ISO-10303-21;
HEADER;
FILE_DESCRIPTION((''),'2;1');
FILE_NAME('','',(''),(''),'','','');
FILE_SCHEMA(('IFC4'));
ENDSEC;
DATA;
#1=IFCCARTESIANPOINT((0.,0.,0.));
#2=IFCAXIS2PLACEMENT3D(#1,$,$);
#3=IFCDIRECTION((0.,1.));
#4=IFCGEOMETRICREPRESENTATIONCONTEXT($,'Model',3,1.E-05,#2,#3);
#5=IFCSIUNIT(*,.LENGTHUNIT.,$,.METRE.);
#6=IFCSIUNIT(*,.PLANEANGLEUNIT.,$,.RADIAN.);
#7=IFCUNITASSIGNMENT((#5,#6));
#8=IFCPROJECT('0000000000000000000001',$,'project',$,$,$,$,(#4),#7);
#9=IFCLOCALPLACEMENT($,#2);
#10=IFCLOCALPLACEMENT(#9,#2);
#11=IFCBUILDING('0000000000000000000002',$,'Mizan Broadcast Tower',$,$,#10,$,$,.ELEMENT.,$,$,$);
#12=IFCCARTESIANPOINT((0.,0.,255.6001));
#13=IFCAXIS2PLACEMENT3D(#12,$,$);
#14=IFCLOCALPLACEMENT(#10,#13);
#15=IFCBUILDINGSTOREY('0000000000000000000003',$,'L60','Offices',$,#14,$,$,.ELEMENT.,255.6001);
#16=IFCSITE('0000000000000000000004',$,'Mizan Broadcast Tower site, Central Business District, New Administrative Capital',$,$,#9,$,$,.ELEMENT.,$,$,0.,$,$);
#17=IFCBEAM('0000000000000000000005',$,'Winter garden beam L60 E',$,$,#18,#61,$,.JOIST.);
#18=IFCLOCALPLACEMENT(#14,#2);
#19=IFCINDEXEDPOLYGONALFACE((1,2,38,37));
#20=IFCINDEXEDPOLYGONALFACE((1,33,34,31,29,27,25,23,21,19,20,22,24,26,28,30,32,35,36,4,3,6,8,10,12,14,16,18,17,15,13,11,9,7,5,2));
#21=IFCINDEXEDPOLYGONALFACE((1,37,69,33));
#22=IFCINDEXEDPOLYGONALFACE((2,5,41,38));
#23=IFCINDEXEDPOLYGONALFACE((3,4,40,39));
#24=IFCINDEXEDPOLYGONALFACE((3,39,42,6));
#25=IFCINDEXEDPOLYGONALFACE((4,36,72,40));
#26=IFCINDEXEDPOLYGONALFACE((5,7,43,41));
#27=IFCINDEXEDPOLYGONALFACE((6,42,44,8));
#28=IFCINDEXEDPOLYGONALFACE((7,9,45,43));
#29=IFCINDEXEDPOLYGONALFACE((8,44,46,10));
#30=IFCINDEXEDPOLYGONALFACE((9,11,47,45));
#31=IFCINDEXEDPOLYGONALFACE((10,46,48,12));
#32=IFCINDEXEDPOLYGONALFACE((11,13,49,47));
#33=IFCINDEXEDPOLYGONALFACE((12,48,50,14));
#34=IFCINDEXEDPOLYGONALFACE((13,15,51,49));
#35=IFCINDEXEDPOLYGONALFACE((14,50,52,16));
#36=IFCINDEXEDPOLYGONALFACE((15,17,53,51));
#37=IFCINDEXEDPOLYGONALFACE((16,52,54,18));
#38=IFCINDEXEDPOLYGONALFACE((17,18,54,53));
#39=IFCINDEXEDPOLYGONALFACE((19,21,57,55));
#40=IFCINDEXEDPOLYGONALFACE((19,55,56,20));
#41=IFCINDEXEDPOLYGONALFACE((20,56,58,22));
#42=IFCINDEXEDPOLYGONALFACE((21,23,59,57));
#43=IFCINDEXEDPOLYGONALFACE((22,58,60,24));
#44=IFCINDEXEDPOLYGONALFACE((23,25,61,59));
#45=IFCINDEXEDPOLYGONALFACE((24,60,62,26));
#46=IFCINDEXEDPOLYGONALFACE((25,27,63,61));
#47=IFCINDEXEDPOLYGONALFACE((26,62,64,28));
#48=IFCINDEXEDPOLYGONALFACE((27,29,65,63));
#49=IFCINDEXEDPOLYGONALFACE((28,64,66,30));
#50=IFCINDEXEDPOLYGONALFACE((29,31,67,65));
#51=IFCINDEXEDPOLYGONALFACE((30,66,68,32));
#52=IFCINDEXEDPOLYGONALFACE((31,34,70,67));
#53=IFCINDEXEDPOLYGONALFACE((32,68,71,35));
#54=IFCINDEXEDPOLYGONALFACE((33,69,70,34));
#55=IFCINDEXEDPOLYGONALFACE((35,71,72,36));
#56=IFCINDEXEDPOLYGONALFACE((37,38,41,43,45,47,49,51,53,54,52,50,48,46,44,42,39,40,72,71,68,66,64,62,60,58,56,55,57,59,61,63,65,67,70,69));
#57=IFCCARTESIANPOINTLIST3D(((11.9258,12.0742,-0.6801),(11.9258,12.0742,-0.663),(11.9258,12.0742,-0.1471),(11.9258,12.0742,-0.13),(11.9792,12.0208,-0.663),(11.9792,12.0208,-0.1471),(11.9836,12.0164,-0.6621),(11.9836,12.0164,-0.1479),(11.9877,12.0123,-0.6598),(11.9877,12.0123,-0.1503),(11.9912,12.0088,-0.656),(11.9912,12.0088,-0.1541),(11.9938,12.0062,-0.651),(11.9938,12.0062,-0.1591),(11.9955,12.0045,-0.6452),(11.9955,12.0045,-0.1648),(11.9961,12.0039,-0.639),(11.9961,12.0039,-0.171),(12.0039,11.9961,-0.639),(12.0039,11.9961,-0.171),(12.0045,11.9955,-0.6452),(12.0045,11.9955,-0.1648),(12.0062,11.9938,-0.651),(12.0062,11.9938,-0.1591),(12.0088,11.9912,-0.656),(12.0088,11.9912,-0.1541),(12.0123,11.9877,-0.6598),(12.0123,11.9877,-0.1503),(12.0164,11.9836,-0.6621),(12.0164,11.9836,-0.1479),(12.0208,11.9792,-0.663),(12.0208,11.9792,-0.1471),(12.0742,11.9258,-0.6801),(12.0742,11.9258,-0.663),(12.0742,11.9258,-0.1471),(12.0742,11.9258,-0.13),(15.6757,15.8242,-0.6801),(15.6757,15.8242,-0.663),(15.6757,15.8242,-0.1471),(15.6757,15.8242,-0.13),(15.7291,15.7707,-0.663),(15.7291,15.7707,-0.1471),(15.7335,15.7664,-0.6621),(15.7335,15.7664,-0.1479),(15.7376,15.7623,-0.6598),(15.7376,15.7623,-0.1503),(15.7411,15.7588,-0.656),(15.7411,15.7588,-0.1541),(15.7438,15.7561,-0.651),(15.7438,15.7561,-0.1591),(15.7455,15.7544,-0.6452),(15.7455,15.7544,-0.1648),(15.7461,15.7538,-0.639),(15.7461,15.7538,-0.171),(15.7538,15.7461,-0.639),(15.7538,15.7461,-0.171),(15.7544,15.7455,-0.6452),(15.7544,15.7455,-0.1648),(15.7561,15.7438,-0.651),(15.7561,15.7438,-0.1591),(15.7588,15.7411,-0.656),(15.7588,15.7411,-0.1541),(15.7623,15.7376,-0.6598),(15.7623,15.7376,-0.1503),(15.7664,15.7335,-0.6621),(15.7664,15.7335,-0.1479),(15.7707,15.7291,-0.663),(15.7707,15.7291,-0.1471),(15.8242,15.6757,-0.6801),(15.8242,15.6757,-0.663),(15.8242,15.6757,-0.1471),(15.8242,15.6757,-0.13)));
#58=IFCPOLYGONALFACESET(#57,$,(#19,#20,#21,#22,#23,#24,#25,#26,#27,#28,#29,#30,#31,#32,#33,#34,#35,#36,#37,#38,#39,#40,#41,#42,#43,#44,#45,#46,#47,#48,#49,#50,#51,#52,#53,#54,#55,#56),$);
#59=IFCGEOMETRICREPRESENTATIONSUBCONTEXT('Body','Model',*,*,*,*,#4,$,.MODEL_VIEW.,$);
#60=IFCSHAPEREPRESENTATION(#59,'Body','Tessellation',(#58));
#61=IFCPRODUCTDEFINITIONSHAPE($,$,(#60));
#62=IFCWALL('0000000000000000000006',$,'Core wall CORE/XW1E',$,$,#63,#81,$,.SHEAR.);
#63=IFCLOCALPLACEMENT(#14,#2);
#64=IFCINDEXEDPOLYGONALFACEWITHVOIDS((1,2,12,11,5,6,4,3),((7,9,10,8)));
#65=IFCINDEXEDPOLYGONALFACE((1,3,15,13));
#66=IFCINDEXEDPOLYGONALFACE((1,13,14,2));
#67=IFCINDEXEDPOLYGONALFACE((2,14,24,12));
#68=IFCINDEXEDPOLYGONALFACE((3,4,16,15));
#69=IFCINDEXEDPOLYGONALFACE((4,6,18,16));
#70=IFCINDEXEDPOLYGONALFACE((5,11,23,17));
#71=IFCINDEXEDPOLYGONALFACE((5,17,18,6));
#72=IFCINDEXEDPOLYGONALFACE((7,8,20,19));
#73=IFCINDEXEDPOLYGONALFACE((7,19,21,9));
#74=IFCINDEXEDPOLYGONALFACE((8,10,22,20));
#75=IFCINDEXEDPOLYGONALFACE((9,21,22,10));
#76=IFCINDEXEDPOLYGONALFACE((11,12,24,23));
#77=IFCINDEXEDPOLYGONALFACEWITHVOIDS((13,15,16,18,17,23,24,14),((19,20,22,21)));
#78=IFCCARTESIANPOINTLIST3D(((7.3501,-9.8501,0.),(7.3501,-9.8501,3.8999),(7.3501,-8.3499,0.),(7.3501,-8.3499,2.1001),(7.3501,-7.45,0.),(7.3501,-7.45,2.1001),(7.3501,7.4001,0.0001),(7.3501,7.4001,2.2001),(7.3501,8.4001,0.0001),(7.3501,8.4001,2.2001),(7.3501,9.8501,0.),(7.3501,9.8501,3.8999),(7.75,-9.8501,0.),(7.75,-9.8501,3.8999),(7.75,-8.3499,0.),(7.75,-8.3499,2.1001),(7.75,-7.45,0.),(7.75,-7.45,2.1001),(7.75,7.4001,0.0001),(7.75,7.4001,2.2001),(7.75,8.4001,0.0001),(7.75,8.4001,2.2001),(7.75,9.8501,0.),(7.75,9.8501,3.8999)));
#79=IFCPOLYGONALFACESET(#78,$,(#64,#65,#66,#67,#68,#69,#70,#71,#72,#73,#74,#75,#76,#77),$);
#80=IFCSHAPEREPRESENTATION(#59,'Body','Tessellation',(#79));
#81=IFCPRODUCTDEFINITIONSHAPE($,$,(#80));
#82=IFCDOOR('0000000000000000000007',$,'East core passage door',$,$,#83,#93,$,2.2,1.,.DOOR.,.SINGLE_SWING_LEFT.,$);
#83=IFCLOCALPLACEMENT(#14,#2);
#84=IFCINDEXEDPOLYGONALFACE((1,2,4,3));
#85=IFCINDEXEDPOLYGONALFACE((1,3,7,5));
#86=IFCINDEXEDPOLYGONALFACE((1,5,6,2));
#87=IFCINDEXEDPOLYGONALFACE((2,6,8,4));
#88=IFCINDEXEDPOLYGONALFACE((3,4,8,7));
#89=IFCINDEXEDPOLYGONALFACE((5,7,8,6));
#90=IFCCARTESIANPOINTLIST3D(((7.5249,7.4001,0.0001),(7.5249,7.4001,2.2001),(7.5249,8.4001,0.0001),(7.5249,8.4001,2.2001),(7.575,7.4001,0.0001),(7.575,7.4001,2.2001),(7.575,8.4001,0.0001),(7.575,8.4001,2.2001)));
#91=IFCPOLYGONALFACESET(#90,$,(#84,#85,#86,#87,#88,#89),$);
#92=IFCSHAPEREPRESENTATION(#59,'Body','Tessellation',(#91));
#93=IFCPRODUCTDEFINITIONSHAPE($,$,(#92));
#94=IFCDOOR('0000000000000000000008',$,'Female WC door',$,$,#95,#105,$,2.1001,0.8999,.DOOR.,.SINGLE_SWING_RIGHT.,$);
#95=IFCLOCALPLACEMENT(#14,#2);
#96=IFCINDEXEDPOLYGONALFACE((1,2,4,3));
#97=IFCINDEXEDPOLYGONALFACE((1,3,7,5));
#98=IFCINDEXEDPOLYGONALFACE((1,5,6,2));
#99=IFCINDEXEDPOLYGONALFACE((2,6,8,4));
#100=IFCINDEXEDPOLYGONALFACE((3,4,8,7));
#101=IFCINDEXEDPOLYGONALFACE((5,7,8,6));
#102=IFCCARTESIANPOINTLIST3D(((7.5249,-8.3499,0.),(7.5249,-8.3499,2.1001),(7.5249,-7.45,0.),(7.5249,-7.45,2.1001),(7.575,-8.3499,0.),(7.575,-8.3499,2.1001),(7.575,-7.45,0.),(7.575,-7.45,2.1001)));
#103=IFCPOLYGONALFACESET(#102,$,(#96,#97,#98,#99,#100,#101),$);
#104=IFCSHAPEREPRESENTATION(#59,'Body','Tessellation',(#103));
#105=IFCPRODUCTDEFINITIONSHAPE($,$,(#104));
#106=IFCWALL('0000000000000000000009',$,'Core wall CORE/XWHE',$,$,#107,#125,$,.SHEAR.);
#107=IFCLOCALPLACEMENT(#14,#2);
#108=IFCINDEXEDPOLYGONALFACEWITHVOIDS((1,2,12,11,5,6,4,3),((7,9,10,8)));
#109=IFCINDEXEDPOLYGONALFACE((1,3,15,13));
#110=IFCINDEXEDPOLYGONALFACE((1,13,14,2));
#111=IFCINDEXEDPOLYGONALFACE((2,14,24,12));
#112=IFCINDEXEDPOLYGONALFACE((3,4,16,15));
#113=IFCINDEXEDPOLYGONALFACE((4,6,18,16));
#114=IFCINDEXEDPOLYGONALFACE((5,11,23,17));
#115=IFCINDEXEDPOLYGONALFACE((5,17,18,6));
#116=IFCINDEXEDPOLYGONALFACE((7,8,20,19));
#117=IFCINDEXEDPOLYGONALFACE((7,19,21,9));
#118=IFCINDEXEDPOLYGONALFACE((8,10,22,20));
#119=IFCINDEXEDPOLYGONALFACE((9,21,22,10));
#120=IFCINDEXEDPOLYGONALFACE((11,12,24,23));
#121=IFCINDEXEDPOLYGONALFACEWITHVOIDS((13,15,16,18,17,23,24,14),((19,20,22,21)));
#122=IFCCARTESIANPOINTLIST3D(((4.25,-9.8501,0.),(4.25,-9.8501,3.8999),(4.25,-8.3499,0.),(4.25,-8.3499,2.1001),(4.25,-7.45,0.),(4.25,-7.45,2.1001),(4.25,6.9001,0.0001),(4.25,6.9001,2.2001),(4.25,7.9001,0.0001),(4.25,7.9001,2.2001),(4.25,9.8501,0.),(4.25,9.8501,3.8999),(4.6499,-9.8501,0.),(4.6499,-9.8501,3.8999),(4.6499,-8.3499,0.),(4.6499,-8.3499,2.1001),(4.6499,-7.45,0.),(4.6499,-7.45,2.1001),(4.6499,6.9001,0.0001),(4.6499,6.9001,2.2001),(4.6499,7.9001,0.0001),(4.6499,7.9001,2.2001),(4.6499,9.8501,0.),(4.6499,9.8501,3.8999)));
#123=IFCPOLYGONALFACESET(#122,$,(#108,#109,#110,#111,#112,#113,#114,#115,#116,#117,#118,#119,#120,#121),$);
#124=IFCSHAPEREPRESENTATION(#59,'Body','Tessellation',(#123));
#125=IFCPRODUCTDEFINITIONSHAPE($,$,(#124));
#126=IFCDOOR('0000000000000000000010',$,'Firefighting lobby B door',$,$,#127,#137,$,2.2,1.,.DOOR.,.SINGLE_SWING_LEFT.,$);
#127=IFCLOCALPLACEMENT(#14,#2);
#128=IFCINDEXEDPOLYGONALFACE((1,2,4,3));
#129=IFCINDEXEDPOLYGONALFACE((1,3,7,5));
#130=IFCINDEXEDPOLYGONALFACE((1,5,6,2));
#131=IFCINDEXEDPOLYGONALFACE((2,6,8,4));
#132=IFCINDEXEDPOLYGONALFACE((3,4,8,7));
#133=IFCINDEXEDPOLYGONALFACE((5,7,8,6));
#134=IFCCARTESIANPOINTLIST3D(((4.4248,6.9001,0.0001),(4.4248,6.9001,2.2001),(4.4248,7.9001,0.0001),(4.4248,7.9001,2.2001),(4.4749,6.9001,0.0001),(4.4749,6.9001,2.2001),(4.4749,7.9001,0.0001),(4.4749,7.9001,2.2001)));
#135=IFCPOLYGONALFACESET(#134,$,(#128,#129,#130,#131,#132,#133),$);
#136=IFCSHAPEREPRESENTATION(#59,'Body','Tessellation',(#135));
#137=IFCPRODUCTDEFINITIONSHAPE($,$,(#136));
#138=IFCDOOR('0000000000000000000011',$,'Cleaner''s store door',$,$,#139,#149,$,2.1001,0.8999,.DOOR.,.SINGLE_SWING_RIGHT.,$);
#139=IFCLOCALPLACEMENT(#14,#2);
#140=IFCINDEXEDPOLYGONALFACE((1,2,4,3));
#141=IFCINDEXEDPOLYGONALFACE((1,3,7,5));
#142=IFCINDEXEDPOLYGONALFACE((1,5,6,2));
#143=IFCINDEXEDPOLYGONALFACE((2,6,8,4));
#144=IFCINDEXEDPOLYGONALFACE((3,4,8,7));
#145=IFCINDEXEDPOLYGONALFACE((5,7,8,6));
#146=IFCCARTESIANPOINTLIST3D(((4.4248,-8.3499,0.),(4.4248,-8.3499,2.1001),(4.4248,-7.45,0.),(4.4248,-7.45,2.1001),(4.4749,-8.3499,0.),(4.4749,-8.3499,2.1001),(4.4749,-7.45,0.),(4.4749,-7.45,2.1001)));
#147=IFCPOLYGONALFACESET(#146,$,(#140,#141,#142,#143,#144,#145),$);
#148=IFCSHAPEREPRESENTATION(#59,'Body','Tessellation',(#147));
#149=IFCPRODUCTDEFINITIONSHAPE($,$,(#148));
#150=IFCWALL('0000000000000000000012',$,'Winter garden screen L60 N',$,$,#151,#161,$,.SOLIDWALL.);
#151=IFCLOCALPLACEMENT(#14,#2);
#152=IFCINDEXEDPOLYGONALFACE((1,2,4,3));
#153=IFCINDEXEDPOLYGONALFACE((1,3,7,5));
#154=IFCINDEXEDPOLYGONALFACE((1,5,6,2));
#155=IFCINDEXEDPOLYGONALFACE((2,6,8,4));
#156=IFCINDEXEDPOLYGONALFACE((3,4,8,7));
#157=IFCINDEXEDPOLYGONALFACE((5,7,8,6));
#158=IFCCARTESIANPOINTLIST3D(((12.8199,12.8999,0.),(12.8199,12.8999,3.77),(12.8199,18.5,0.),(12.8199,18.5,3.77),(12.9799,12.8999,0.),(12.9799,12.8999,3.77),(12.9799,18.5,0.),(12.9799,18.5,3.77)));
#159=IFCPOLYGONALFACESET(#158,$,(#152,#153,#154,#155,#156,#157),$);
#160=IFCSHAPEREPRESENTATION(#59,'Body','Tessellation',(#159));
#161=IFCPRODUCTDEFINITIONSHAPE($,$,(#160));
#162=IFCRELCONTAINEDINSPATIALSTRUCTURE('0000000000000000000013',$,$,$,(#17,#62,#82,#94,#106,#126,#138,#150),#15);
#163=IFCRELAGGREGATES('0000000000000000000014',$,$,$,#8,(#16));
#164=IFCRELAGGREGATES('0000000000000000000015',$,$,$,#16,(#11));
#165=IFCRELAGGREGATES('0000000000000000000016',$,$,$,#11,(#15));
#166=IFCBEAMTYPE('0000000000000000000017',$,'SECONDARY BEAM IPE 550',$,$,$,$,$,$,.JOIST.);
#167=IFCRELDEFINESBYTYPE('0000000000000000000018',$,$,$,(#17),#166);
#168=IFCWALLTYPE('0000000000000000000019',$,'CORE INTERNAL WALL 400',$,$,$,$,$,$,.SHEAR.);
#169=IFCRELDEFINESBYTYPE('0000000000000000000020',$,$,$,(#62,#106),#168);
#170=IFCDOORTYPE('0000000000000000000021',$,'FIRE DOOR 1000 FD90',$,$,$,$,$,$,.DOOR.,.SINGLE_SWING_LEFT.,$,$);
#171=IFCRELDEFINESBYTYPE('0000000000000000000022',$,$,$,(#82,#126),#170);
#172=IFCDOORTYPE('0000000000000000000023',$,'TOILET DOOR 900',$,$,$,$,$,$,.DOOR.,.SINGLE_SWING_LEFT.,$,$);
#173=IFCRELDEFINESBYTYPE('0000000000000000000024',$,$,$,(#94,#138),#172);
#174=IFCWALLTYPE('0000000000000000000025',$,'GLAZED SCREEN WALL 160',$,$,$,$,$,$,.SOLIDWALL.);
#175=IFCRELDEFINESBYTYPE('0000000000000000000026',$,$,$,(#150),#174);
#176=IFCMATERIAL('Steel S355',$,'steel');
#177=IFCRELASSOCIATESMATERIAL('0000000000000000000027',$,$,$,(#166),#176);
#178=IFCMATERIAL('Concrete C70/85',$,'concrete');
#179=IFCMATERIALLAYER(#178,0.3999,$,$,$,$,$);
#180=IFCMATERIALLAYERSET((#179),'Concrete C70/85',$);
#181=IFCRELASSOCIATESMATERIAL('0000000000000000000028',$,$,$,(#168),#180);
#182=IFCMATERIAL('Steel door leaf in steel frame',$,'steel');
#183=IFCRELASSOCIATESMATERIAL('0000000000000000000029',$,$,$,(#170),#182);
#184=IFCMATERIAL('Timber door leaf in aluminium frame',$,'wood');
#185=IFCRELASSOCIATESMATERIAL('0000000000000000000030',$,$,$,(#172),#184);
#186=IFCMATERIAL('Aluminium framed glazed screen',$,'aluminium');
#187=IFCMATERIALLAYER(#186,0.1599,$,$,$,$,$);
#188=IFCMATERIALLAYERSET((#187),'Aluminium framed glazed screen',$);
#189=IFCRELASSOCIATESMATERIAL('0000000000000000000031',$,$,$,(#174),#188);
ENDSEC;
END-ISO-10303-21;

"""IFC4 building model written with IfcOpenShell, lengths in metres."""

from ifc_helpers import new_model, si_unit, direction, frame, frame_2d, origin, origin_2d, place, context, subcontext, project, spatial, rectangle, i_section, extrude, material, layer, layer_set, material_profile, profile_set, type_object, element, fill, save


model = new_model("IFC4")

# Units and contexts
model_context = context("Model", 3, precision=1e-05, world=origin(), true_north=direction((0.0, 1.0)))
body_context = subcontext(model_context, "Body", "Model", "MODEL_VIEW")
ifc_project = project(units=[si_unit("LENGTHUNIT", "METRE"), si_unit("PLANEANGLEUNIT", "RADIAN")], contexts=[model_context])

# Site, building, storey
site_placement = place(None, origin())
site = spatial("IfcSite", under=ifc_project, at=site_placement, Name="Mizan Broadcast Tower site, Central Business District, New Administrative Capital", CompositionType="ELEMENT", RefElevation=0.0)
building_placement = place(site_placement, origin())
building = spatial("IfcBuilding", under=site, at=building_placement, Name="Mizan Broadcast Tower", CompositionType="ELEMENT")
storey_placement = place(building_placement, frame((0.0, 0.0, 255.6001)))
storey = spatial("IfcBuildingStorey", under=building, at=storey_placement, Name="L60", Description="Offices", CompositionType="ELEMENT", Elevation=255.6001)

# Beam
ifc_material_1 = material(Name="Steel S355", Category="steel")
ifc_material_profile_1 = material_profile(ifc_material_1, i_section(OverallWidth=0.21, OverallDepth=0.55, WebThickness=0.011, FlangeThickness=0.0171, FilletRadius=0.0239, at=origin_2d()), Name="IPE 550")
ifc_profile_set_1 = profile_set([ifc_material_profile_1], Name="Steel S355")
beam_type_1 = type_object("IfcBeamType", Name="SECONDARY BEAM IPE 550", PredefinedType="JOIST", material=ifc_profile_set_1)
beam_placement = place(storey_placement, frame((12.0, 12.0, -0.405), z_axis=(0.707107, 0.707107, 0.0), x_axis=(-0.707107, 0.707107, 0.0)))
element("IfcBeam", 1, at=beam_placement, inside=storey, type_object=beam_type_1, Name="Winter garden beam L60 E", PredefinedType="JOIST", context=body_context, shape_type="SweptSolid", body=[
    extrude(i_section(OverallWidth=0.21, OverallDepth=0.55, WebThickness=0.011, FlangeThickness=0.0171, FilletRadius=0.0239, at=origin_2d()), origin(), (0.0, 0.0, 1.0), 5.3032),
])

# Walls, openings, doors
ifc_material_2 = material(Name="Concrete C70/85", Category="concrete")
ifc_layer_1 = layer(ifc_material_2, 0.3999)
ifc_layer_set_1 = layer_set([ifc_layer_1], Name="Concrete C70/85")
wall_type_1 = type_object("IfcWallType", Name="CORE INTERNAL WALL 400", PredefinedType="SHEAR", material=ifc_layer_set_1)
wall_1_placement = place(storey_placement, frame((7.55, 9.8501, 0.0), z_axis=(0.0, 0.0, 1.0), x_axis=(0.0, -1.0, 0.0)))
wall_1 = element("IfcWall", 2, at=wall_1_placement, inside=storey, type_object=wall_type_1, Name="Core wall CORE/XW1E", PredefinedType="SHEAR", context=body_context, shape_type="SweptSolid", body=[
    extrude(rectangle(XDim=19.7002, YDim=0.3999, at=frame_2d((9.8501, 0.0))), origin(), (0.0, 0.0, 1.0), 3.8999),
])
opening_1_placement = place(wall_1_placement, frame((1.45, 0.0, 0.0)))
opening_1 = element("IfcOpeningElement", 3, at=opening_1_placement, cuts=wall_1, PredefinedType="OPENING", context=body_context, shape_type="SweptSolid", body=[
    extrude(rectangle(XDim=1.0, YDim=2.2, at=frame_2d((0.5, 1.1001))), frame((0.0, 0.21, 0.0), z_axis=(0.0, -1.0, 0.0), x_axis=(1.0, 0.0, 0.0)), (0.0, 0.0, 1.0), 0.4199),
])
opening_2_placement = place(wall_1_placement, frame((17.3, 0.0, 0.0)))
opening_2 = element("IfcOpeningElement", 4, at=opening_2_placement, cuts=wall_1, PredefinedType="OPENING", context=body_context, shape_type="SweptSolid", body=[
    extrude(rectangle(XDim=0.8999, YDim=2.1001, at=frame_2d((0.45, 1.05))), frame((0.0, 0.21, 0.0), z_axis=(0.0, -1.0, 0.0), x_axis=(1.0, 0.0, 0.0)), (0.0, 0.0, 1.0), 0.4199),
])
ifc_material_3 = material(Name="Steel door leaf in steel frame", Category="steel")
door_type_1 = type_object("IfcDoorType", Name="FIRE DOOR 1000 FD90", OperationType="SINGLE_SWING_LEFT", PredefinedType="DOOR", material=ifc_material_3)
door_1_placement = place(opening_1_placement, origin())
door_1 = element("IfcDoor", 5, at=door_1_placement, inside=storey, type_object=door_type_1, Name="East core passage door", OperationType="SINGLE_SWING_LEFT", OverallHeight=2.2, OverallWidth=1.0, PredefinedType="DOOR", context=body_context, shape_type="SweptSolid", body=[
    extrude(rectangle(XDim=1.0, YDim=2.2, at=frame_2d((0.5, 1.1001))), frame((0.0, 0.0249, 0.0), z_axis=(0.0, -1.0, 0.0), x_axis=(1.0, 0.0, 0.0)), (0.0, 0.0, 1.0), 0.05),
])
fill(opening_1, door_1)
ifc_material_4 = material(Name="Timber door leaf in aluminium frame", Category="wood")
door_type_2 = type_object("IfcDoorType", Name="TOILET DOOR 900", OperationType="SINGLE_SWING_LEFT", PredefinedType="DOOR", material=ifc_material_4)
door_2_placement = place(opening_2_placement, origin())
door_2 = element("IfcDoor", 6, at=door_2_placement, inside=storey, type_object=door_type_2, Name="Female WC door", OperationType="SINGLE_SWING_RIGHT", OverallHeight=2.1001, OverallWidth=0.8999, PredefinedType="DOOR", context=body_context, shape_type="SweptSolid", body=[
    extrude(rectangle(XDim=0.8999, YDim=2.1001, at=frame_2d((0.45, 1.05))), frame((0.0, 0.0249, 0.0), z_axis=(0.0, -1.0, 0.0), x_axis=(1.0, 0.0, 0.0)), (0.0, 0.0, 1.0), 0.05),
])
fill(opening_2, door_2)
wall_2_placement = place(storey_placement, frame((4.45, 9.8501, 0.0), z_axis=(0.0, 0.0, 1.0), x_axis=(0.0, -1.0, 0.0)))
wall_2 = element("IfcWall", 7, at=wall_2_placement, inside=storey, type_object=wall_type_1, Name="Core wall CORE/XWHE", PredefinedType="SHEAR", context=body_context, shape_type="SweptSolid", body=[
    extrude(rectangle(XDim=19.7002, YDim=0.3999, at=frame_2d((9.8501, 0.0))), origin(), (0.0, 0.0, 1.0), 3.8999),
])
opening_3_placement = place(wall_2_placement, frame((1.95, 0.0, 0.0)))
opening_3 = element("IfcOpeningElement", 8, at=opening_3_placement, cuts=wall_2, PredefinedType="OPENING", context=body_context, shape_type="SweptSolid", body=[
    extrude(rectangle(XDim=1.0, YDim=2.2, at=frame_2d((0.5, 1.1001))), frame((0.0, 0.21, 0.0), z_axis=(0.0, -1.0, 0.0), x_axis=(1.0, 0.0, 0.0)), (0.0, 0.0, 1.0), 0.4199),
])
opening_4_placement = place(wall_2_placement, frame((17.3, 0.0, 0.0)))
opening_4 = element("IfcOpeningElement", 9, at=opening_4_placement, cuts=wall_2, PredefinedType="OPENING", context=body_context, shape_type="SweptSolid", body=[
    extrude(rectangle(XDim=0.8999, YDim=2.1001, at=frame_2d((0.45, 1.05))), frame((0.0, 0.21, 0.0), z_axis=(0.0, -1.0, 0.0), x_axis=(1.0, 0.0, 0.0)), (0.0, 0.0, 1.0), 0.4199),
])
door_3_placement = place(opening_3_placement, origin())
door_3 = element("IfcDoor", 10, at=door_3_placement, inside=storey, type_object=door_type_1, Name="Firefighting lobby B door", OperationType="SINGLE_SWING_LEFT", OverallHeight=2.2, OverallWidth=1.0, PredefinedType="DOOR", context=body_context, shape_type="SweptSolid", body=[
    extrude(rectangle(XDim=1.0, YDim=2.2, at=frame_2d((0.5, 1.1001))), frame((0.0, 0.0249, 0.0), z_axis=(0.0, -1.0, 0.0), x_axis=(1.0, 0.0, 0.0)), (0.0, 0.0, 1.0), 0.05),
])
fill(opening_3, door_3)
door_4_placement = place(opening_4_placement, origin())
door_4 = element("IfcDoor", 11, at=door_4_placement, inside=storey, type_object=door_type_2, Name="Cleaner's store door", OperationType="SINGLE_SWING_RIGHT", OverallHeight=2.1001, OverallWidth=0.8999, PredefinedType="DOOR", context=body_context, shape_type="SweptSolid", body=[
    extrude(rectangle(XDim=0.8999, YDim=2.1001, at=frame_2d((0.45, 1.05))), frame((0.0, 0.0249, 0.0), z_axis=(0.0, -1.0, 0.0), x_axis=(1.0, 0.0, 0.0)), (0.0, 0.0, 1.0), 0.05),
])
fill(opening_4, door_4)

# Wall
ifc_material_5 = material(Name="Aluminium framed glazed screen", Category="aluminium")
ifc_layer_2 = layer(ifc_material_5, 0.1599)
ifc_layer_set_2 = layer_set([ifc_layer_2], Name="Aluminium framed glazed screen")
wall_type_2 = type_object("IfcWallType", Name="GLAZED SCREEN WALL 160", PredefinedType="SOLIDWALL", material=ifc_layer_set_2)
wall_3_placement = place(storey_placement, frame((12.8999, 12.8999, 0.0), z_axis=(0.0, 0.0, 1.0), x_axis=(0.0, 1.0, 0.0)))
element("IfcWall", 12, at=wall_3_placement, inside=storey, type_object=wall_type_2, Name="Winter garden screen L60 N", PredefinedType="SOLIDWALL", context=body_context, shape_type="SweptSolid", body=[
    extrude(rectangle(XDim=5.6001, YDim=0.1599, at=frame_2d((2.8, 0.0))), origin(), (0.0, 0.0, 1.0), 3.77),
])

save(model, "model.ifc")
